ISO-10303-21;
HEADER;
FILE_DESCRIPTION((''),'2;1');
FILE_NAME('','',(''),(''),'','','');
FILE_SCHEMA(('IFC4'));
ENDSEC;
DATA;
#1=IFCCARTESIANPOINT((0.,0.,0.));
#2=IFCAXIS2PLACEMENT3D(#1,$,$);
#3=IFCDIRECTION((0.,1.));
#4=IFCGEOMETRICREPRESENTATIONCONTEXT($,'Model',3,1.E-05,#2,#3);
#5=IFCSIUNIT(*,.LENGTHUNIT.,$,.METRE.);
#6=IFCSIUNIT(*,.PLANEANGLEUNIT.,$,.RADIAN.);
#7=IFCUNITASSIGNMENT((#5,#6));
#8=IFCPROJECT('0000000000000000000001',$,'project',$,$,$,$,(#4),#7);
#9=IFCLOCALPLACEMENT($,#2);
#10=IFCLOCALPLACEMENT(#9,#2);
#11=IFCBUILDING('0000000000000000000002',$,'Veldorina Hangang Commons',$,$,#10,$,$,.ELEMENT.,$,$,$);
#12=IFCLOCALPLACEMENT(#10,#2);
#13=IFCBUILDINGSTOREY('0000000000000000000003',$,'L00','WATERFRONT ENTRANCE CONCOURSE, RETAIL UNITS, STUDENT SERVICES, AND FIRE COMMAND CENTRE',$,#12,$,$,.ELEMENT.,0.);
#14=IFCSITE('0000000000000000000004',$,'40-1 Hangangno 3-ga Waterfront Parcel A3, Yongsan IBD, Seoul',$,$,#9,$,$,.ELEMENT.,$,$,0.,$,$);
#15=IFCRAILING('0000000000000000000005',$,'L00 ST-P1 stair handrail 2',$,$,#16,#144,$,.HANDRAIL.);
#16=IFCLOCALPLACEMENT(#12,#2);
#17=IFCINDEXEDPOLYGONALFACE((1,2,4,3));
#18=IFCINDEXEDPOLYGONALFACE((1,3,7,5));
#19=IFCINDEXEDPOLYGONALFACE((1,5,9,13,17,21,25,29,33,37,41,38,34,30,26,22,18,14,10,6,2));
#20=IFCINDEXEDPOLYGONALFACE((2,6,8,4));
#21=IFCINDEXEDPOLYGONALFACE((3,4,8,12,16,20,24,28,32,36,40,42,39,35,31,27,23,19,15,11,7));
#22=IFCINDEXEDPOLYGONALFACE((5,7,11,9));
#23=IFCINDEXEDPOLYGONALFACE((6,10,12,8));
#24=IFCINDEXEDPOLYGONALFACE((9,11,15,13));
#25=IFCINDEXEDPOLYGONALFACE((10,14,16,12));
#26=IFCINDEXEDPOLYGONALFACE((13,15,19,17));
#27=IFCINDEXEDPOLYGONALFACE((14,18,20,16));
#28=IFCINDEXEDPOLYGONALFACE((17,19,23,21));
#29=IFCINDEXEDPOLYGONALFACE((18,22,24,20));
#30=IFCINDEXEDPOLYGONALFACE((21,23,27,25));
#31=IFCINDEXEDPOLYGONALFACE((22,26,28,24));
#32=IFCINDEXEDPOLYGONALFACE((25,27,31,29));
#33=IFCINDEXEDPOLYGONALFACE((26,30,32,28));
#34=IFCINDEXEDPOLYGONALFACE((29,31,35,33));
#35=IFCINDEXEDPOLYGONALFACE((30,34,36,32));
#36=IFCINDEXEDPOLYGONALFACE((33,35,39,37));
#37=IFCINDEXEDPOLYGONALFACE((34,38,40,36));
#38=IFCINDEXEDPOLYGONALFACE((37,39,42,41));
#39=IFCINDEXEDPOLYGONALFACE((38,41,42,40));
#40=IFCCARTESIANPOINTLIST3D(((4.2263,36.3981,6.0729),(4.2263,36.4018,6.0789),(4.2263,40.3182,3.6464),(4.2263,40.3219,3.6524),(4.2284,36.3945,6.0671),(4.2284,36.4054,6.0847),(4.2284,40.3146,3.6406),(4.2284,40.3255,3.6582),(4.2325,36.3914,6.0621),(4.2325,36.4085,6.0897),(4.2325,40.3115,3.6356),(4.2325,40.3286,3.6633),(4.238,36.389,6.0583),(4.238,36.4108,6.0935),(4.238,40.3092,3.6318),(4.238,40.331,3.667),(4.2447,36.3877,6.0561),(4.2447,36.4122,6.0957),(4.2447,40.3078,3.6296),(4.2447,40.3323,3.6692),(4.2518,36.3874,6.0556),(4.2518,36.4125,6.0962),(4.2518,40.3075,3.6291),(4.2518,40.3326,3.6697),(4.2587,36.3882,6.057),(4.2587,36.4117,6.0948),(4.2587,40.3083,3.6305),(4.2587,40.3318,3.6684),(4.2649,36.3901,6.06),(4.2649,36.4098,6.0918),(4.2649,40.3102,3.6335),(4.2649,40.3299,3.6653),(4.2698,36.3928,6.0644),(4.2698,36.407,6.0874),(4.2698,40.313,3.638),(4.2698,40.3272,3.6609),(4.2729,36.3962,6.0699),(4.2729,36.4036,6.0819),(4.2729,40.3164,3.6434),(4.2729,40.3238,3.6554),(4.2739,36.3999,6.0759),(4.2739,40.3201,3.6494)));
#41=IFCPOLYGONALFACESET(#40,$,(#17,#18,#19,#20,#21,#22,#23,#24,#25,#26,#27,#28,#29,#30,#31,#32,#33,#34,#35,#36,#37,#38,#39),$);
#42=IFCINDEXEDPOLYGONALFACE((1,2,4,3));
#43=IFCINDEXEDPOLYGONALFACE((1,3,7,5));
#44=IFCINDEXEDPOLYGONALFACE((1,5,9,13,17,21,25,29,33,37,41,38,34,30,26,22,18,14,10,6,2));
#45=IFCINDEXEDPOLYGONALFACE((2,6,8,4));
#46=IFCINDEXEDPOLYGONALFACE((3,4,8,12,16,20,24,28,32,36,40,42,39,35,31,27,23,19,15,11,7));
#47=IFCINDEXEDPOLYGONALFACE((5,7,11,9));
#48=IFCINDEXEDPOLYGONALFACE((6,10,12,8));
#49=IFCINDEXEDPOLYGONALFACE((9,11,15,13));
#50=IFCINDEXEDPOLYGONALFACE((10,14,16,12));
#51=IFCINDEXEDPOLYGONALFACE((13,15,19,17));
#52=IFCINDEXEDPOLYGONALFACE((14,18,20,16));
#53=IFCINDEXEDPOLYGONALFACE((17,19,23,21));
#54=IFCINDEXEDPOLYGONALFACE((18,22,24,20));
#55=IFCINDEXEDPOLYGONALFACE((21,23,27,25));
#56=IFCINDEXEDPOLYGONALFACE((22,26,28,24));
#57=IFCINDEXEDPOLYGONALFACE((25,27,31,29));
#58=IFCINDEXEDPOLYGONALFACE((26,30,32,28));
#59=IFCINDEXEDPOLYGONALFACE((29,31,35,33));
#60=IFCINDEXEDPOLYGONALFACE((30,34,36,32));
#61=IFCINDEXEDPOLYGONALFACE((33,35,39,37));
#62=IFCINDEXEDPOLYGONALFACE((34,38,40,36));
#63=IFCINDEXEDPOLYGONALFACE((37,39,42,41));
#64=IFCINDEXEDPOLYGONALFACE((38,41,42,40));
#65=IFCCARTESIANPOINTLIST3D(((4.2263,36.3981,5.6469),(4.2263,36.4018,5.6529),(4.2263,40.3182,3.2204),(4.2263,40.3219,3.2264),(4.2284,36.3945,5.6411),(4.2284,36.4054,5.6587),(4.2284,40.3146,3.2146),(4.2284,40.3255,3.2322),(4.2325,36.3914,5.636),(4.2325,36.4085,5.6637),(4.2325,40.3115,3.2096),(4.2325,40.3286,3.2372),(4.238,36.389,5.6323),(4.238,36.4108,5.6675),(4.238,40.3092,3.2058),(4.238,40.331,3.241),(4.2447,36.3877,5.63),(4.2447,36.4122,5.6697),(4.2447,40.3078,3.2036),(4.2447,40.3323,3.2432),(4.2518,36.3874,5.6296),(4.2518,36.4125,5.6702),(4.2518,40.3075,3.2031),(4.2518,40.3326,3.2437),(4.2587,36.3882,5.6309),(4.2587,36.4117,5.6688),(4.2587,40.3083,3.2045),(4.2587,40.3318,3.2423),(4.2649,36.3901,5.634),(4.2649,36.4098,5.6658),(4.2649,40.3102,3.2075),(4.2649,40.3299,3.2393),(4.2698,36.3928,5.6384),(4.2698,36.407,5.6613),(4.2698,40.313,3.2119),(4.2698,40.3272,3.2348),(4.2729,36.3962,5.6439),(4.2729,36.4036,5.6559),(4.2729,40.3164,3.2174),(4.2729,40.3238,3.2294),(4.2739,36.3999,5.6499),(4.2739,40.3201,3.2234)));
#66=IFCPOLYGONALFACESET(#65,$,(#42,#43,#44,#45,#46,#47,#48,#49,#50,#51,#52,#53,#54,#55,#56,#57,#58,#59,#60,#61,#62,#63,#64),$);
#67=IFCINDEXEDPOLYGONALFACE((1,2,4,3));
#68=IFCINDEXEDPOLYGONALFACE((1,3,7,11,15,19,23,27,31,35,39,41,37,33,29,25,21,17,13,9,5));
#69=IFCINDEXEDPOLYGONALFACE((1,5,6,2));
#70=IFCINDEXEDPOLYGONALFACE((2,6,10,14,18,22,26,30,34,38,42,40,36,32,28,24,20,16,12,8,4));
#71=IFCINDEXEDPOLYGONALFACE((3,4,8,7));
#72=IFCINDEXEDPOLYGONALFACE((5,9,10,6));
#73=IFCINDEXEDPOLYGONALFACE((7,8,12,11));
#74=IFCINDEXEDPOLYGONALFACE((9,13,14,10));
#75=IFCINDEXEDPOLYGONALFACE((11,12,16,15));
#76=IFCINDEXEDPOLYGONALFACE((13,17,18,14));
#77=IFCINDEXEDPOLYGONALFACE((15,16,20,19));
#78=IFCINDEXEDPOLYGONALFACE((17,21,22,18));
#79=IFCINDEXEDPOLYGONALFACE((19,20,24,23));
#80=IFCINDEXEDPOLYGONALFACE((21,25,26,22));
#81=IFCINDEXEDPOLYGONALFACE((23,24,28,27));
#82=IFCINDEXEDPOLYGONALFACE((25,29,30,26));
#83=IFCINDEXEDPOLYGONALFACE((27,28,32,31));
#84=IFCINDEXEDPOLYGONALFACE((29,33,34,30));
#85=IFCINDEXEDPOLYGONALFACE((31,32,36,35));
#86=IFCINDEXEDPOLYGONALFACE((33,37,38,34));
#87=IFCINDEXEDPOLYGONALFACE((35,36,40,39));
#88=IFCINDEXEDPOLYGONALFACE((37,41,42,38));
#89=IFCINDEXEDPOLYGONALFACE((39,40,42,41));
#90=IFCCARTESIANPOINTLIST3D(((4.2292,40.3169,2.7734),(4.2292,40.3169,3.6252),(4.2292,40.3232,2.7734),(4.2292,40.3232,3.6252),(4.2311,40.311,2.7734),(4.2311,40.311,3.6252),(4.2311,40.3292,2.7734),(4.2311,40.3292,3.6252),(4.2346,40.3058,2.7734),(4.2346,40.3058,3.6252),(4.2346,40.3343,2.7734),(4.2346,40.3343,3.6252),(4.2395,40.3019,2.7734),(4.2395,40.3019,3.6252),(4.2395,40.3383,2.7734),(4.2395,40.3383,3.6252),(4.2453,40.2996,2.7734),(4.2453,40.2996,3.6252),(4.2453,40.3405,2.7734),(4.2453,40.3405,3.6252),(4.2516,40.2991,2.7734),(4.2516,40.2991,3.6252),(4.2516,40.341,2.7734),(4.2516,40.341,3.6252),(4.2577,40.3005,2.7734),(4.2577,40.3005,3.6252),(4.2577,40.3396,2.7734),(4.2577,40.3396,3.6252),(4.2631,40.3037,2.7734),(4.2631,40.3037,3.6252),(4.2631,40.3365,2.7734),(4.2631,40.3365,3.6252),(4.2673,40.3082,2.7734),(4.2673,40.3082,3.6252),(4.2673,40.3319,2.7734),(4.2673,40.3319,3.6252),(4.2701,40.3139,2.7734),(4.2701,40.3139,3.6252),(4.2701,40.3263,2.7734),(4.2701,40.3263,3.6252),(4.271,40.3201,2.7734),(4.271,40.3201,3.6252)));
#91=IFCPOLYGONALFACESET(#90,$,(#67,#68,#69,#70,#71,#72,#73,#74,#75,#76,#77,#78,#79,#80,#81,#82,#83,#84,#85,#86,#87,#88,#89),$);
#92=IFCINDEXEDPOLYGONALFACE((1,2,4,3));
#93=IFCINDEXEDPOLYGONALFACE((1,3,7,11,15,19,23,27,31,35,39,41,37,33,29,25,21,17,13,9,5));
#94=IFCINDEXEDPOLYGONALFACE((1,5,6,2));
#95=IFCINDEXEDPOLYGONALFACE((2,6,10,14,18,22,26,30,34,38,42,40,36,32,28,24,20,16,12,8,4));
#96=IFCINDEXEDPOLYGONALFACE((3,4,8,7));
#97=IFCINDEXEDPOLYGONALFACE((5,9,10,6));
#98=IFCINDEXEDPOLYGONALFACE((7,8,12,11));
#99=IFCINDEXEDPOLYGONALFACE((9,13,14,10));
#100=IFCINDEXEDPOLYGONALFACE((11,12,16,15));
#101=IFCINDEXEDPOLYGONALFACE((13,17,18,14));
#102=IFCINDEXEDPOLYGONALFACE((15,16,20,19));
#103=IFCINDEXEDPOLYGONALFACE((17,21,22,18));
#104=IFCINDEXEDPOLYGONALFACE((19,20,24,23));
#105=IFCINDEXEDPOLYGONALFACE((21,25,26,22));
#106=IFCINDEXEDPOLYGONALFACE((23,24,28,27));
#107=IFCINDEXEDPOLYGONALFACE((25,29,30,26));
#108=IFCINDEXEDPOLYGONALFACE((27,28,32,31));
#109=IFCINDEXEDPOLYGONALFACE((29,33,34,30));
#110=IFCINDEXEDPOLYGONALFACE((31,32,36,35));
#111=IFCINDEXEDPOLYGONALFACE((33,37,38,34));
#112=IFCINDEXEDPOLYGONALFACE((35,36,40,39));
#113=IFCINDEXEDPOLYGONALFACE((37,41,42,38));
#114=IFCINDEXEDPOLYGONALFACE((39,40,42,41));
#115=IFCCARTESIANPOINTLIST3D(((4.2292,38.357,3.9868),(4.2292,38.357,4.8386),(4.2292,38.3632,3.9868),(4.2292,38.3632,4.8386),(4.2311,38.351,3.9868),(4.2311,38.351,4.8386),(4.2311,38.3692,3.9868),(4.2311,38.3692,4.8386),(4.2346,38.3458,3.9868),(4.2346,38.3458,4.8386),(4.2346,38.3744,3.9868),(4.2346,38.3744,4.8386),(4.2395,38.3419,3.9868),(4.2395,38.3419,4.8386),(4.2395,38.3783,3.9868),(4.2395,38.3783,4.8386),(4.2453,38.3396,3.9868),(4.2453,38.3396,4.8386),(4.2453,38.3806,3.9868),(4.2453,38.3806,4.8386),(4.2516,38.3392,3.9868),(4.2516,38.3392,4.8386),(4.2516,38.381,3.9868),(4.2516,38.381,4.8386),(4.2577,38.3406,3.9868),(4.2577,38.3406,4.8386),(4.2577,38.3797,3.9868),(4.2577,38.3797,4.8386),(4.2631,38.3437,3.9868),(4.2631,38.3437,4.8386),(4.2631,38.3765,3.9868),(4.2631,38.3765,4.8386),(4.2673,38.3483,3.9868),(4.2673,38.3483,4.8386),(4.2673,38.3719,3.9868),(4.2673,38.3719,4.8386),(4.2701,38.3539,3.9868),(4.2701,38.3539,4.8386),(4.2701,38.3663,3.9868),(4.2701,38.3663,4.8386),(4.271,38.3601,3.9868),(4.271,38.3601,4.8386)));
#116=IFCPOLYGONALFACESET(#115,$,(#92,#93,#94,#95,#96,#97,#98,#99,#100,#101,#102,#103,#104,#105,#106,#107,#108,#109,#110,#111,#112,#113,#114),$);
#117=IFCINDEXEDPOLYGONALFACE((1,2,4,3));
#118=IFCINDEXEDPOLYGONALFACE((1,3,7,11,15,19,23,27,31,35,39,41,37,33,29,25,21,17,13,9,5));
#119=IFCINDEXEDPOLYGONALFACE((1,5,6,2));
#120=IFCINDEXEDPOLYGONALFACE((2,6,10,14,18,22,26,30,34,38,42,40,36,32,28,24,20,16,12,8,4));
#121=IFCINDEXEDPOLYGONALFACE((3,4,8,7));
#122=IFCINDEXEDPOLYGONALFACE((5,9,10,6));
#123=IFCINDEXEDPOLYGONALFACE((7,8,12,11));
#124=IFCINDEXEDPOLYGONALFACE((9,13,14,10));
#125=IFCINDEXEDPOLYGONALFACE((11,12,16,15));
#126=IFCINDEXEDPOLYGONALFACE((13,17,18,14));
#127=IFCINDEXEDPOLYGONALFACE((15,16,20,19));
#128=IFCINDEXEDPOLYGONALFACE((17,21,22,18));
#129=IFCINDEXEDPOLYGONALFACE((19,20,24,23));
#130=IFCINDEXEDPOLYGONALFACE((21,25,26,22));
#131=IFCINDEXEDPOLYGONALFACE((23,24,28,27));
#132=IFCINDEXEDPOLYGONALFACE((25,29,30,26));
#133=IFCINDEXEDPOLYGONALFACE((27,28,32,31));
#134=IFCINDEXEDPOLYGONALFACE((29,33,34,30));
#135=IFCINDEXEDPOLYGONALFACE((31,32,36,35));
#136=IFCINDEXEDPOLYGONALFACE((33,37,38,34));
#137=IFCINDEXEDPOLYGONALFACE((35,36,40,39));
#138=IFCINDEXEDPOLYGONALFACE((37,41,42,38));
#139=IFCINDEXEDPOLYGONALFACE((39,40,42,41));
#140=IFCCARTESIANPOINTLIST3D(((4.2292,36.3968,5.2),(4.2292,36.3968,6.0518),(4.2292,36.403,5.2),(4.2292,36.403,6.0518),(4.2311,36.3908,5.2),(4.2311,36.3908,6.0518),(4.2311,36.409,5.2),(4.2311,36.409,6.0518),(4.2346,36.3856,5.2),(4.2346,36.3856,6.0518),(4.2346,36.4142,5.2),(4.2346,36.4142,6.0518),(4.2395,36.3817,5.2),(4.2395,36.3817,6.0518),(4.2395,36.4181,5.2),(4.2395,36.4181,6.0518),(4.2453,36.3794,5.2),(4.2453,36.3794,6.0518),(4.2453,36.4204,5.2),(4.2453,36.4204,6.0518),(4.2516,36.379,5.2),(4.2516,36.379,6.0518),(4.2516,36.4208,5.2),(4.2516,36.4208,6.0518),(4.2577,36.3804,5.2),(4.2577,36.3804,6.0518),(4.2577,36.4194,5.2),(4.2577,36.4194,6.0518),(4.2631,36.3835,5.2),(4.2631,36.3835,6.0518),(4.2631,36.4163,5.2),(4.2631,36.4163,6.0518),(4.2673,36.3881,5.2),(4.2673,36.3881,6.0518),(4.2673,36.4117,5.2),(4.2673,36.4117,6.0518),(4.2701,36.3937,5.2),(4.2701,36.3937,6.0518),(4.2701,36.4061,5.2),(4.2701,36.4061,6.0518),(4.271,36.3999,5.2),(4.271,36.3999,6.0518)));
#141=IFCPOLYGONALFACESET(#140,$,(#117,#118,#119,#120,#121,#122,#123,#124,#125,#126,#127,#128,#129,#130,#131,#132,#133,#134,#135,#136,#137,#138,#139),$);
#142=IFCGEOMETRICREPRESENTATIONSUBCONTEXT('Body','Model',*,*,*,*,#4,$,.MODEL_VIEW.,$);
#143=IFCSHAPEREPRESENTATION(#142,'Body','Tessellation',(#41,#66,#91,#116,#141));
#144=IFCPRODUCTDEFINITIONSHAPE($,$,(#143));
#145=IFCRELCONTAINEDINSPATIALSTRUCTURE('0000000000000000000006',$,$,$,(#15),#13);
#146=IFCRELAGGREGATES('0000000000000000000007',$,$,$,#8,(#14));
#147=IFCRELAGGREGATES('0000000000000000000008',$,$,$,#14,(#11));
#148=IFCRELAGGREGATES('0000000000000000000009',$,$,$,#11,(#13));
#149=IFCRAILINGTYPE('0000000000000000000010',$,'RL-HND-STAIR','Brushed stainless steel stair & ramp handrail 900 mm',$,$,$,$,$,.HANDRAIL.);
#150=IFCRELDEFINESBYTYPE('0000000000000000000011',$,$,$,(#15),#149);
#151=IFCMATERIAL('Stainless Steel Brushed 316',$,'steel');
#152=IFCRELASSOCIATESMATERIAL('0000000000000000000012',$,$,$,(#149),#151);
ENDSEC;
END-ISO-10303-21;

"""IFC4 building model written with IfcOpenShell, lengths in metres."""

from ifc_helpers import new_model, si_unit, direction, frame, origin, origin_2d, place, context, subcontext, project, spatial, circle, extrude, material, type_object, element, save


model = new_model("IFC4")

# Units and contexts
model_context = context("Model", 3, precision=1e-05, world=origin(), true_north=direction((0.0, 1.0)))
body_context = subcontext(model_context, "Body", "Model", "MODEL_VIEW")
ifc_project = project(units=[si_unit("LENGTHUNIT", "METRE"), si_unit("PLANEANGLEUNIT", "RADIAN")], contexts=[model_context])

# Site, building, storey
site_placement = place(None, origin())
site = spatial("IfcSite", under=ifc_project, at=site_placement, Name="40-1 Hangangno 3-ga Waterfront Parcel A3, Yongsan IBD, Seoul", CompositionType="ELEMENT", RefElevation=0.0)
building_placement = place(site_placement, origin())
building = spatial("IfcBuilding", under=site, at=building_placement, Name="Veldorina Hangang Commons", CompositionType="ELEMENT")
storey_placement = place(building_placement, origin())
storey = spatial("IfcBuildingStorey", under=building, at=storey_placement, Name="L00", Description="WATERFRONT ENTRANCE CONCOURSE, RETAIL UNITS, STUDENT SERVICES, AND FIRE COMMAND CENTRE", CompositionType="ELEMENT", Elevation=0.0)

# Railing
ifc_material_1 = material(Name="Stainless Steel Brushed 316", Category="steel")
railing_type_1 = type_object("IfcRailingType", Name="RL-HND-STAIR", Description="Brushed stainless steel stair & ramp handrail 900 mm", PredefinedType="HANDRAIL", material=ifc_material_1)
railing_1_placement = place(storey_placement, frame((4.25, 40.3201, 2.7734)))
element("IfcRailing", 1, at=railing_1_placement, inside=storey, type_object=railing_type_1, Name="L00 ST-P1 stair handrail 2", PredefinedType="HANDRAIL", context=body_context, shape_type="SweptSolid", body=[
    extrude(circle(Radius=0.0239, at=origin_2d()), frame((0.0, 0.0, 0.876), z_axis=(0.0, -0.85029, 0.526315), x_axis=(1.0, 0.0, 0.0)), (0.0, 0.0, 1.0), 4.6104),
    extrude(circle(Radius=0.0239, at=origin_2d()), frame((0.0, 0.0, 0.45), z_axis=(0.0, -0.85029, 0.526315), x_axis=(1.0, 0.0, 0.0)), (0.0, 0.0, 1.0), 4.6104),
    extrude(circle(Radius=0.021, at=origin_2d()), origin(), (0.0, 0.0, 1.0), 0.8518),
    extrude(circle(Radius=0.021, at=origin_2d()), frame((0.0, -1.96, 1.2134)), (0.0, 0.0, 1.0), 0.8518),
    extrude(circle(Radius=0.021, at=origin_2d()), frame((0.0, -3.9202, 2.4265)), (0.0, 0.0, 1.0), 0.8518),
])

save(model, "model.ifc")
